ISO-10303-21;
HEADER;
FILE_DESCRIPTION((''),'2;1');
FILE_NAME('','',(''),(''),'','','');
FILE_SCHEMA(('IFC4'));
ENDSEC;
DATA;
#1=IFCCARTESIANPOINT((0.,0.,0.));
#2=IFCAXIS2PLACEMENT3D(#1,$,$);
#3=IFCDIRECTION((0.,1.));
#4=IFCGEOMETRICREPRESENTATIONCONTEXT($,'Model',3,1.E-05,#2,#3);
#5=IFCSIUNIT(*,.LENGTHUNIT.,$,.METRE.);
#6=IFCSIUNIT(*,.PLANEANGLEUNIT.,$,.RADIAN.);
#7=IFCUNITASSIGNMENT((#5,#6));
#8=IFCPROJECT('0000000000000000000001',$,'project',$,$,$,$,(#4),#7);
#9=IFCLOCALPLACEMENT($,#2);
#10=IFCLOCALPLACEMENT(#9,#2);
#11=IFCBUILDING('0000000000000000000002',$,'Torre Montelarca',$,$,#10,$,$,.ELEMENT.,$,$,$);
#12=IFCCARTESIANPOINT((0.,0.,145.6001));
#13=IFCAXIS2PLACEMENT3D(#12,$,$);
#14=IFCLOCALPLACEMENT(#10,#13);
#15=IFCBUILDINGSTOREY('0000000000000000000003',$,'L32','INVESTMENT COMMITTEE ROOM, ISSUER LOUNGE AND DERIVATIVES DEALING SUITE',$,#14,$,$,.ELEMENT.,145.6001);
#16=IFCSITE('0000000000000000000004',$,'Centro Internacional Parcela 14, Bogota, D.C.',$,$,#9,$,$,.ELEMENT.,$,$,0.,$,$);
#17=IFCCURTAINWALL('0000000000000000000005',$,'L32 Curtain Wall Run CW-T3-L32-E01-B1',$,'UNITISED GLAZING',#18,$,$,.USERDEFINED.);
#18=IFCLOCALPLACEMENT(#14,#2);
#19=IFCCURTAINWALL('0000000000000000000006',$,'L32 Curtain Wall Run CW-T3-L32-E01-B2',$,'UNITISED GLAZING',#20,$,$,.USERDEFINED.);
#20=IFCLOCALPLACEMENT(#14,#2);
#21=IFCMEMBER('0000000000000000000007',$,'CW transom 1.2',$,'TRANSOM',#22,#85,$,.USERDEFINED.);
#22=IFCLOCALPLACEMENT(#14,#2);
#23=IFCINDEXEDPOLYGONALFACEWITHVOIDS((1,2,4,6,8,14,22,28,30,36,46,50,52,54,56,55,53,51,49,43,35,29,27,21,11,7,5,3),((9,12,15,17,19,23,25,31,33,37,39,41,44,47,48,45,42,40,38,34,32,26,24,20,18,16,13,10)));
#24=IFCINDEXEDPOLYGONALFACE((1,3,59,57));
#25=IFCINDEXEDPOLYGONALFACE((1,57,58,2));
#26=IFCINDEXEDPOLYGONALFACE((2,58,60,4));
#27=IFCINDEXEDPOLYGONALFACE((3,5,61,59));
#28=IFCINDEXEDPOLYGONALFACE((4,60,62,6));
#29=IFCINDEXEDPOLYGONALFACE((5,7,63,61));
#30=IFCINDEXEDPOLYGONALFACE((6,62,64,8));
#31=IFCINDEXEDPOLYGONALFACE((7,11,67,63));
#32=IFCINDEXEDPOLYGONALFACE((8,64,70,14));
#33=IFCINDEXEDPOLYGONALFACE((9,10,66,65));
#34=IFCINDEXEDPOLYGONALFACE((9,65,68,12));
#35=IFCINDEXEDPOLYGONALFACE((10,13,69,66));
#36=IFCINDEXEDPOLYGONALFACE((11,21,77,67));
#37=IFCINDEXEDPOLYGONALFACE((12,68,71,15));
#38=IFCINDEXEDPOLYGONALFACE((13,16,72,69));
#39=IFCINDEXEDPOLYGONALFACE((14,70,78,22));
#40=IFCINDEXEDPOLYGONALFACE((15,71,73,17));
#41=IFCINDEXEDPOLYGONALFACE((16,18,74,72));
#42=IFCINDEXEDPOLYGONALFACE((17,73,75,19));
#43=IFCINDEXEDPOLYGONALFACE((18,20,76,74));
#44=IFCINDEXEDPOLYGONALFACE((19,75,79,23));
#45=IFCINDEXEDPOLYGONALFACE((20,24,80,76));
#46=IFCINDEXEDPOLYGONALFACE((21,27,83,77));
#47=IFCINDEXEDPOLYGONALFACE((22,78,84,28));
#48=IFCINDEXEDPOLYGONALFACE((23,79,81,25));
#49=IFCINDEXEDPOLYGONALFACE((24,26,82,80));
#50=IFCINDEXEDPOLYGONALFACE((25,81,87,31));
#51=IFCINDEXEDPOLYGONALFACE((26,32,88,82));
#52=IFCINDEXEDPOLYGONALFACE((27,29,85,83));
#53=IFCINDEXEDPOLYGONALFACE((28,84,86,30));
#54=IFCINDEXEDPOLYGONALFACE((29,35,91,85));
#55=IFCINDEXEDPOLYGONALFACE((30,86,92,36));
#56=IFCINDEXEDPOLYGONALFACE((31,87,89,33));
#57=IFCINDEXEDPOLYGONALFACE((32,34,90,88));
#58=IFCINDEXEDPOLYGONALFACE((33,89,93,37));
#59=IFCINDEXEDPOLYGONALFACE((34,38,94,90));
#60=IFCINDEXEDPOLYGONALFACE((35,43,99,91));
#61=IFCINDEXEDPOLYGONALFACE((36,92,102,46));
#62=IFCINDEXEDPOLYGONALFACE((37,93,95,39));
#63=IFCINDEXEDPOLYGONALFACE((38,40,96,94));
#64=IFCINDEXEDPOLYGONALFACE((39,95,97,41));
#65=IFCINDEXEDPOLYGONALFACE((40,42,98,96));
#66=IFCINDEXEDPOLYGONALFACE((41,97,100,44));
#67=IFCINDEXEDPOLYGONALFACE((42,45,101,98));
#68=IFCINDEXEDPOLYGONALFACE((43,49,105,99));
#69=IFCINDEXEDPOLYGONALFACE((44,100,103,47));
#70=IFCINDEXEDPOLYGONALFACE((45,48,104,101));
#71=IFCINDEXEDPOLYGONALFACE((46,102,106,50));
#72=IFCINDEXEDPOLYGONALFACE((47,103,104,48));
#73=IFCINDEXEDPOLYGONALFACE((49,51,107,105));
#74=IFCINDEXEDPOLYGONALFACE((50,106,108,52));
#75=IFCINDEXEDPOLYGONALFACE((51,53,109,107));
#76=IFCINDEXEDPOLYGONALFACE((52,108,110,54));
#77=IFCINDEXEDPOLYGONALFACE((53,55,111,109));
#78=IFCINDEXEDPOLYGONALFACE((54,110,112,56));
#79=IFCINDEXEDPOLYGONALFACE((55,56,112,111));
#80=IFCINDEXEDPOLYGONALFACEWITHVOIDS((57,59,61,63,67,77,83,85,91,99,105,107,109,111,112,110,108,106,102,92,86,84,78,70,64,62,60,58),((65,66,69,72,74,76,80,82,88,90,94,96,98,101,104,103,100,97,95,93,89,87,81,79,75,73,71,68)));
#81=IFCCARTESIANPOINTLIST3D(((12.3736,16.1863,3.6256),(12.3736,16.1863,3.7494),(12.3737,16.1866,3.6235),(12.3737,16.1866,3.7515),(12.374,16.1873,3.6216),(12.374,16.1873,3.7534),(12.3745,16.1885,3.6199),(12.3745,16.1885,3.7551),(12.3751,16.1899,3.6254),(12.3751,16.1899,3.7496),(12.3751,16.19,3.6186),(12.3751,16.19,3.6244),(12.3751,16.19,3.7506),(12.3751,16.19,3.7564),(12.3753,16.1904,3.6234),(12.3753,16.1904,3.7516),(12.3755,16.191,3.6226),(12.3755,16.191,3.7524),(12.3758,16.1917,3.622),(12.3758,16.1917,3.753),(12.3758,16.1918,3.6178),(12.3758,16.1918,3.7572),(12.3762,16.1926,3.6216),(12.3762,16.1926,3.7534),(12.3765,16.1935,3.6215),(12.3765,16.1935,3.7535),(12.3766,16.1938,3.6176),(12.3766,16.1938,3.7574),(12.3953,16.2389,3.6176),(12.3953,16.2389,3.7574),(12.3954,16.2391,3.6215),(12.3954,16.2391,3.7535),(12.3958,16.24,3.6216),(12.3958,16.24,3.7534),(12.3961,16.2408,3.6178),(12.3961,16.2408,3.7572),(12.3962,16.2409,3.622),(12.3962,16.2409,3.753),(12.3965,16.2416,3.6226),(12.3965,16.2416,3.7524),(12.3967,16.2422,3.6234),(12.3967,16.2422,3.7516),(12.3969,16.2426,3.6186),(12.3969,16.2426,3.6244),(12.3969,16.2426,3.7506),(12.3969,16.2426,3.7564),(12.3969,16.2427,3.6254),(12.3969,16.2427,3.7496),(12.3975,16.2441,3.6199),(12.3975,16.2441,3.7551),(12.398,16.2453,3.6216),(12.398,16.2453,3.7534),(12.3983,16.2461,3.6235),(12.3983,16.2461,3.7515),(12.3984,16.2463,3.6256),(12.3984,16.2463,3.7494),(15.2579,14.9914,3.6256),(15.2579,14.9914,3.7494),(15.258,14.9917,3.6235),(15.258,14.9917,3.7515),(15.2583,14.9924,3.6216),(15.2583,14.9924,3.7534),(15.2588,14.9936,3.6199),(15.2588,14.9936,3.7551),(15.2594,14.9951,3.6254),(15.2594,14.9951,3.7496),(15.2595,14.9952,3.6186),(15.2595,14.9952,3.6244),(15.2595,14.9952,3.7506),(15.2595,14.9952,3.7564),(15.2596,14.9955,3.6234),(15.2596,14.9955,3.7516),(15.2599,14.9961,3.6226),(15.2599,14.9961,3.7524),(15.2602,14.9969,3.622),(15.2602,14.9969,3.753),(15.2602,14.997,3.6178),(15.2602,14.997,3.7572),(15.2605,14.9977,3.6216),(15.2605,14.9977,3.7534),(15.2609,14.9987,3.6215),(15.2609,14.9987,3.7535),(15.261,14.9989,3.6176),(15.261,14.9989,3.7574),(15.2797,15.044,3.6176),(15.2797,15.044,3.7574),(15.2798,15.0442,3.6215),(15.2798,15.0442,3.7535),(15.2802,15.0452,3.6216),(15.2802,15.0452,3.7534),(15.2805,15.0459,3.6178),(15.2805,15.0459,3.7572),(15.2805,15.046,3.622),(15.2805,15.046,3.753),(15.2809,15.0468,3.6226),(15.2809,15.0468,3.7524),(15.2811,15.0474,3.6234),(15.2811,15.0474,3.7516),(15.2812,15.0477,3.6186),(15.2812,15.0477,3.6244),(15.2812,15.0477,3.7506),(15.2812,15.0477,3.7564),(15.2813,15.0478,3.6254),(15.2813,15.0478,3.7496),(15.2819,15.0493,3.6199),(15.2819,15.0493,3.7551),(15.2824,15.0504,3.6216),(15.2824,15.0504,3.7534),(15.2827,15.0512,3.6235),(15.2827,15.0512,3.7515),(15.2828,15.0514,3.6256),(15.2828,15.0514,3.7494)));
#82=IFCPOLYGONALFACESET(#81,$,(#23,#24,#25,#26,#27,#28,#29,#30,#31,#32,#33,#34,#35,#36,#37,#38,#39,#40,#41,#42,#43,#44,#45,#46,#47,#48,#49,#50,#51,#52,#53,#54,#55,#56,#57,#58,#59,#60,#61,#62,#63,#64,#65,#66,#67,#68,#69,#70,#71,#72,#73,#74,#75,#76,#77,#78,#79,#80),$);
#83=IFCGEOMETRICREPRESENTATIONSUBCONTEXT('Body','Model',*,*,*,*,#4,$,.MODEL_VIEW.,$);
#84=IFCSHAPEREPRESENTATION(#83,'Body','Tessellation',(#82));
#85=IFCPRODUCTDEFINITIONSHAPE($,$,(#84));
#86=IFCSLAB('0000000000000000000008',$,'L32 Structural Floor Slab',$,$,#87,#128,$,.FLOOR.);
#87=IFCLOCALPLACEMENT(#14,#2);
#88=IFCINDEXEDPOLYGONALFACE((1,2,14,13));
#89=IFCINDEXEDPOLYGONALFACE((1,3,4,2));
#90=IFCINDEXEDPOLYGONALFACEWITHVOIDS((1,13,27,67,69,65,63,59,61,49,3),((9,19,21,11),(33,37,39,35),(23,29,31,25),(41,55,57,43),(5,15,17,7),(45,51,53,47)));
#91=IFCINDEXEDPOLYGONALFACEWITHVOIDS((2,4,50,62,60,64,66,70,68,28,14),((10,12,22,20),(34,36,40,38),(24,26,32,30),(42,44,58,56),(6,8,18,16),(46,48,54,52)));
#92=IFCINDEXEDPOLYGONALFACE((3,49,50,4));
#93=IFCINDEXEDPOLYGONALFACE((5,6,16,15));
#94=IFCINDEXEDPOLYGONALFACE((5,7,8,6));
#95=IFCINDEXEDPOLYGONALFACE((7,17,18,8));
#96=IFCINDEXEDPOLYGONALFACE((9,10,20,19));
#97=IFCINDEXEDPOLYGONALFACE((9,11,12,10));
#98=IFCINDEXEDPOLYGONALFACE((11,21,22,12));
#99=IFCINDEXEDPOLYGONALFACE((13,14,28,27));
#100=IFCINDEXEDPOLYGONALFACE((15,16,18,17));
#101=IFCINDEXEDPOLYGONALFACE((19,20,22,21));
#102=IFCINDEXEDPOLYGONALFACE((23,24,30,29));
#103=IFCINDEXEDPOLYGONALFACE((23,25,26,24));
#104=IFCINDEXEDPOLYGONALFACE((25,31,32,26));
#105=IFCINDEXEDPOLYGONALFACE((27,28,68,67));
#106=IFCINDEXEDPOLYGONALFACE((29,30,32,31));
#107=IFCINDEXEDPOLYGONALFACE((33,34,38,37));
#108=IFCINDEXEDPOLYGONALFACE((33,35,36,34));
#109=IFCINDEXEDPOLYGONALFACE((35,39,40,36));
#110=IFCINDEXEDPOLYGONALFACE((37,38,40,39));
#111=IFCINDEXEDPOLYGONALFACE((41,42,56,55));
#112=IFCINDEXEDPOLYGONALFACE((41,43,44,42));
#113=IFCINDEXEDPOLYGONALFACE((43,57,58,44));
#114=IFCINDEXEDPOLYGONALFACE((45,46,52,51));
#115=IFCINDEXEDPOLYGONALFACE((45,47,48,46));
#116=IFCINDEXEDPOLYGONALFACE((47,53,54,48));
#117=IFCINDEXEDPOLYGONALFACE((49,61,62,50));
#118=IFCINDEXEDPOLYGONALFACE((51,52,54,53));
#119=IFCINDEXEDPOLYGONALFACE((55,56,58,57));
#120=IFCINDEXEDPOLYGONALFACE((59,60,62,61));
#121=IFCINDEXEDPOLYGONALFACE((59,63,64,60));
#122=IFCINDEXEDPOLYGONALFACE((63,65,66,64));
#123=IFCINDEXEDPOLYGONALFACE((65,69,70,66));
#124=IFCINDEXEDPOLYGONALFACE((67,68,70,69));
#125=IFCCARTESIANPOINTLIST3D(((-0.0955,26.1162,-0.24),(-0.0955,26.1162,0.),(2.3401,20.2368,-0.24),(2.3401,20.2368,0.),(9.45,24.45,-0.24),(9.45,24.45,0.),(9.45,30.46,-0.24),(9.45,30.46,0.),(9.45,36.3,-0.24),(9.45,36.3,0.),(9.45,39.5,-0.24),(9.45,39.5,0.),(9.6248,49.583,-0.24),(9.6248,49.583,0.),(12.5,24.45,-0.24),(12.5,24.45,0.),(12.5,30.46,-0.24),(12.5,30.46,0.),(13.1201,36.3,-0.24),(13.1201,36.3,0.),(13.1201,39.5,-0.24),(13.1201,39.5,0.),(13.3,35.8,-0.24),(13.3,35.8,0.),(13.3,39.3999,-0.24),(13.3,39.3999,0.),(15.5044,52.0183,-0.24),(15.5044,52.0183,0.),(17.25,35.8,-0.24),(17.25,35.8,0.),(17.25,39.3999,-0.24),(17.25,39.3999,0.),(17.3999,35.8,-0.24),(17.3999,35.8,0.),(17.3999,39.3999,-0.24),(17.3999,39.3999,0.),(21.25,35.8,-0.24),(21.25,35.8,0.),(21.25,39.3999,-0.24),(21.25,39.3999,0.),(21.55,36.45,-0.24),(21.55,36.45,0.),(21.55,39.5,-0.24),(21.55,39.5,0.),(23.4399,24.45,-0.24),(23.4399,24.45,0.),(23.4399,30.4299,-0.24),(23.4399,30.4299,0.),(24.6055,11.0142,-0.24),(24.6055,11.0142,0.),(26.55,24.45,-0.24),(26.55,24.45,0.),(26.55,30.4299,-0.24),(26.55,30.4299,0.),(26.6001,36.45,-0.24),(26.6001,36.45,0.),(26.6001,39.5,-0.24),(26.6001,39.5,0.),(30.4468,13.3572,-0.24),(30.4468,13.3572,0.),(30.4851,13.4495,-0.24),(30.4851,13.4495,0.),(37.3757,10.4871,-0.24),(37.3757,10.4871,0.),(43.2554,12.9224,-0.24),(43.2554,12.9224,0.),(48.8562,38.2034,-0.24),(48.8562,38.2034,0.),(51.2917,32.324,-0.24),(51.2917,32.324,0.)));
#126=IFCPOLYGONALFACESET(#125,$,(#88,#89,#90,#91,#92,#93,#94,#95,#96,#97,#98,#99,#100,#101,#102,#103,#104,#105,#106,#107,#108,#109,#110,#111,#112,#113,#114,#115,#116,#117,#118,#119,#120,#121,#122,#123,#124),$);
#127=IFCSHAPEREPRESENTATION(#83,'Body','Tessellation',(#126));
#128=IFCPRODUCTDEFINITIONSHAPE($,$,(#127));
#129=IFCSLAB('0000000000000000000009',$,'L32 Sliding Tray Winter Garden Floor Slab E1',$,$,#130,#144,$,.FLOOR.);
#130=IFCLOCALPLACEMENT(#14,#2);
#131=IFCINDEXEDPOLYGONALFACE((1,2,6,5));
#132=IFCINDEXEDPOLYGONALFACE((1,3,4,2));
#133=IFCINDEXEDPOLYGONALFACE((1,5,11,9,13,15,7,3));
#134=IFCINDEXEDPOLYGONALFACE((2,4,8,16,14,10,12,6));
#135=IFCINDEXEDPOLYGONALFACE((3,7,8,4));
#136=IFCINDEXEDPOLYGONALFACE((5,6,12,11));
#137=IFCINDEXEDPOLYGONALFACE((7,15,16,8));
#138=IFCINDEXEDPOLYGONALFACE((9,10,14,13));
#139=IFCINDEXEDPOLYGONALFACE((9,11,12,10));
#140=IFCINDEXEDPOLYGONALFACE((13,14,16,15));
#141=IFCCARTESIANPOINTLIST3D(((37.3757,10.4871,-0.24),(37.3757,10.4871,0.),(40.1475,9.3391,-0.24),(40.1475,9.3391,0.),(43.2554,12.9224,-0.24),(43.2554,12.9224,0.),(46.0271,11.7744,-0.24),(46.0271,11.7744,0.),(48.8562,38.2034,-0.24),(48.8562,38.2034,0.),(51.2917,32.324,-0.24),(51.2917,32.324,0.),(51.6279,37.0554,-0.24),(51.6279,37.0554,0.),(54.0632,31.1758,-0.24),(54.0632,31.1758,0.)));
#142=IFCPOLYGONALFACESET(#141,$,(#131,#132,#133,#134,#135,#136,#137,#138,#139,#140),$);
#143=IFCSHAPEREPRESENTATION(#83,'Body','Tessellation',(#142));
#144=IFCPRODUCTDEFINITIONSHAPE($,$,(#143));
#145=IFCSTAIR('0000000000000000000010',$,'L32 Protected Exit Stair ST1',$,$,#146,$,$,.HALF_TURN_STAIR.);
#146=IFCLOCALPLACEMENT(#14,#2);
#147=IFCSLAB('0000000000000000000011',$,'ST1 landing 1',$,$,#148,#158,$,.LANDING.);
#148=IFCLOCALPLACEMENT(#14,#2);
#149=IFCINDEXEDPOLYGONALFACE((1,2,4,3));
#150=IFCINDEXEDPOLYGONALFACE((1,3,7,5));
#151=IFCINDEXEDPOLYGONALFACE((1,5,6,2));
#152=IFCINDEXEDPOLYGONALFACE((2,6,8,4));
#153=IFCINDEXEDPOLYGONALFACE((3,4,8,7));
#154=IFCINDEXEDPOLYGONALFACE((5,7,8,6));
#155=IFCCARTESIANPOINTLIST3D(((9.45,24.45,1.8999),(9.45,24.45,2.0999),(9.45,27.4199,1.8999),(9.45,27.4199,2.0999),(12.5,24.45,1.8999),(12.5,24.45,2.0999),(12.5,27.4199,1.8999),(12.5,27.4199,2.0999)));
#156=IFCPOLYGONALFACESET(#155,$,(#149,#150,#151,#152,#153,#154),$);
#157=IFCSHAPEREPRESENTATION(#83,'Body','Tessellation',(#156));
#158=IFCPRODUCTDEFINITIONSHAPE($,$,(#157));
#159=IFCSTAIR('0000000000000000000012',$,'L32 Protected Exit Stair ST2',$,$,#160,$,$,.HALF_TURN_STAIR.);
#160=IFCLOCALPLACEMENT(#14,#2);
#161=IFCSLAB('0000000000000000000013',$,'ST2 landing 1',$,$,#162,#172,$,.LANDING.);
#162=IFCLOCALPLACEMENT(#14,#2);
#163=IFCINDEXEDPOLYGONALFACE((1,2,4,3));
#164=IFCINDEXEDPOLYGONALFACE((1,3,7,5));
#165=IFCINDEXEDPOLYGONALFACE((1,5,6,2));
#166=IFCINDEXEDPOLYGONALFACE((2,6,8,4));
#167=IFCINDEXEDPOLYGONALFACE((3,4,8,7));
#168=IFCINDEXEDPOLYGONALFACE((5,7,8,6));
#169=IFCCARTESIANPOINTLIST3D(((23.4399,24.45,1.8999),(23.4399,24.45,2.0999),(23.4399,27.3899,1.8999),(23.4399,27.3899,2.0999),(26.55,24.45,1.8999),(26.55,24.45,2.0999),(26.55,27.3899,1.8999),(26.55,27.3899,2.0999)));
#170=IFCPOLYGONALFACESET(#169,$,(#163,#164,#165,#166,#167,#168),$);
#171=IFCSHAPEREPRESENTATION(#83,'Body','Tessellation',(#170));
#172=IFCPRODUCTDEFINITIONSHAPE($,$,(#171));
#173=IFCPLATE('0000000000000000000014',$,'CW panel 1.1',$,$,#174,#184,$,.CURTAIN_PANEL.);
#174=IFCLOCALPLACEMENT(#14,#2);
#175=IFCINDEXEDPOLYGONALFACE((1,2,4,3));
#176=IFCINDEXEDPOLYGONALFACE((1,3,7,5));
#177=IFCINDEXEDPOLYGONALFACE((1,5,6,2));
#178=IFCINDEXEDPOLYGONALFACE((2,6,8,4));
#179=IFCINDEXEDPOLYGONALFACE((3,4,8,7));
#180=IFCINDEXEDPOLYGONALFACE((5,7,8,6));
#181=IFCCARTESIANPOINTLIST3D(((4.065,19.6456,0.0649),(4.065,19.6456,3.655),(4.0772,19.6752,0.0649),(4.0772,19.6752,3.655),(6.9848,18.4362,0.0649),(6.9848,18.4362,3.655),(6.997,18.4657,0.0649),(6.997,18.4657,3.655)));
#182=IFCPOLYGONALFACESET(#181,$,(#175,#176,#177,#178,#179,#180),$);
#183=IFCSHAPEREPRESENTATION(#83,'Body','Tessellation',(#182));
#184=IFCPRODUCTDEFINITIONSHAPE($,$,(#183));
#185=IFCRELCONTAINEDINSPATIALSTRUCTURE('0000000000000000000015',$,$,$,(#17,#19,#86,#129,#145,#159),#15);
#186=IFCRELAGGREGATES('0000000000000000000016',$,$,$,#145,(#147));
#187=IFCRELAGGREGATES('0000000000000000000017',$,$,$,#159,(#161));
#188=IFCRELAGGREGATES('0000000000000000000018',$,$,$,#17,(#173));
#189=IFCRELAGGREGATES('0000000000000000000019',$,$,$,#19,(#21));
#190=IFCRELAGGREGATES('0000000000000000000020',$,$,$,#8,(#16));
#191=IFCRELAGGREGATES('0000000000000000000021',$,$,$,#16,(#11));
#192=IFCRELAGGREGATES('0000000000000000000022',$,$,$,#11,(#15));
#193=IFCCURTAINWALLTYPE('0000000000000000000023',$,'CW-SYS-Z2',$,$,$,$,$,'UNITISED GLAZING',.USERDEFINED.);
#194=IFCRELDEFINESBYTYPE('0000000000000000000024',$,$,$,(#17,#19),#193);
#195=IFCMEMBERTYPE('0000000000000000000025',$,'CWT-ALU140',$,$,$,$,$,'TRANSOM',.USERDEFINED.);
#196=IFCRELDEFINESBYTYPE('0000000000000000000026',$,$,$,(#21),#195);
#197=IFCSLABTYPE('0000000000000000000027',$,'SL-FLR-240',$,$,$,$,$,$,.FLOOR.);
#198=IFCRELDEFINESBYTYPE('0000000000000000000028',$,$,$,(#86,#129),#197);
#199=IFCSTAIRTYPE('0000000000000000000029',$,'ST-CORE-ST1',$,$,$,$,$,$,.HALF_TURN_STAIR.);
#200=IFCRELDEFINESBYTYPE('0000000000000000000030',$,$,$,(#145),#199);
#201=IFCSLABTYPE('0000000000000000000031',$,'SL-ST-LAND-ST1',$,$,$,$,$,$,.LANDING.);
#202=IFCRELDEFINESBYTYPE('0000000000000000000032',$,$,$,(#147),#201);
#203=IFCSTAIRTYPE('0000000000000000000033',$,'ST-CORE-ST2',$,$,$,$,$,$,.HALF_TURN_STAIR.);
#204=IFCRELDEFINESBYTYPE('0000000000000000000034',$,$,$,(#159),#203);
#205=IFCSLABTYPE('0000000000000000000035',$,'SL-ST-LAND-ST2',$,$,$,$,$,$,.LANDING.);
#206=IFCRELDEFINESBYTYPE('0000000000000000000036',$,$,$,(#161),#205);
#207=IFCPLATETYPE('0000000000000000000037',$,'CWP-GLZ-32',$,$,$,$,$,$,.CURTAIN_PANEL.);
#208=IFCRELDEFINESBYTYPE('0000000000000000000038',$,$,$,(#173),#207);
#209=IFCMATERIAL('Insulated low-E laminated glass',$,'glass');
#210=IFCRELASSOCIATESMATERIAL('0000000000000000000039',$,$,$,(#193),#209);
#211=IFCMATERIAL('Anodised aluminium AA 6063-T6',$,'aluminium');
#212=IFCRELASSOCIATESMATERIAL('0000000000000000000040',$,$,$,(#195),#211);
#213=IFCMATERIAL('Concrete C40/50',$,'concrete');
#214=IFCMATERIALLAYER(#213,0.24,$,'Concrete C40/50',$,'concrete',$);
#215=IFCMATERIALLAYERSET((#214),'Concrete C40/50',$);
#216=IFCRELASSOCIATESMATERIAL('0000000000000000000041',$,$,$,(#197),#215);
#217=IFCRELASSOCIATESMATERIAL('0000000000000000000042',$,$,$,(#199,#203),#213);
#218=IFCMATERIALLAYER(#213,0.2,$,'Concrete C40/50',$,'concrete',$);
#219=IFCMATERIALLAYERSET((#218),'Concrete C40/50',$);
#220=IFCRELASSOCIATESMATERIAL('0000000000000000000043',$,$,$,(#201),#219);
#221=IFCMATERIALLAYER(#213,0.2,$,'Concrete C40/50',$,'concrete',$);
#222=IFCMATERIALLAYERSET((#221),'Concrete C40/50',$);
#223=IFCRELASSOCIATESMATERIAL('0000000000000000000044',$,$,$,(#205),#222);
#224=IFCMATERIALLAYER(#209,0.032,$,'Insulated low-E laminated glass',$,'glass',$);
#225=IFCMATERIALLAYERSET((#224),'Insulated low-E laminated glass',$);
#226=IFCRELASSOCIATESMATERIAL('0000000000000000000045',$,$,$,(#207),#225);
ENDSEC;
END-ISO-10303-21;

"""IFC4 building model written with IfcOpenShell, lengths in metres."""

from ifc_helpers import new_model, si_unit, direction, frame, origin, origin_2d, place, context, subcontext, project, spatial, polyline, rectangle, hollow_rectangle, outline, extrude, source, transform, mapped, material, layer, layer_set, material_profile, profile_set, type_object, element, aggregate, save


model = new_model("IFC4")

# Units and contexts
model_context = context("Model", 3, precision=1e-05, world=origin(), true_north=direction((0.0, 1.0)))
body_context = subcontext(model_context, "Body", "Model", "MODEL_VIEW")
ifc_project = project(units=[si_unit("LENGTHUNIT", "METRE"), si_unit("PLANEANGLEUNIT", "RADIAN")], contexts=[model_context])

# Site, building, storey
site_placement = place(None, origin())
site = spatial("IfcSite", under=ifc_project, at=site_placement, Name="Centro Internacional Parcela 14, Bogota, D.C.", CompositionType="ELEMENT", RefElevation=0.0)
building_placement = place(site_placement, origin())
building = spatial("IfcBuilding", under=site, at=building_placement, Name="Torre Montelarca", CompositionType="ELEMENT")
storey_placement = place(building_placement, frame((0.0, 0.0, 145.6001)))
storey = spatial("IfcBuildingStorey", under=building, at=storey_placement, Name="L32", Description="INVESTMENT COMMITTEE ROOM, ISSUER LOUNGE AND DERIVATIVES DEALING SUITE", CompositionType="ELEMENT", Elevation=145.6001)

# Curtain walls
ifc_material_1 = material(Name="Insulated low-E laminated glass", Category="glass")
curtain_wall_type = type_object("IfcCurtainWallType", Name="CW-SYS-Z2", ElementType="UNITISED GLAZING", PredefinedType="USERDEFINED", material=ifc_material_1)
curtain_wall_1_placement = place(storey_placement, origin())
curtain_wall_1 = element("IfcCurtainWall", 1, at=curtain_wall_1_placement, inside=storey, type_object=curtain_wall_type, Name="L32 Curtain Wall Run CW-T3-L32-E01-B1", ObjectType="UNITISED GLAZING", PredefinedType="USERDEFINED")
ifc_material_2 = material(Name="Anodised aluminium AA 6063-T6", Category="aluminium")
curtain_wall_2_placement = place(storey_placement, origin())
curtain_wall_2 = element("IfcCurtainWall", 2, at=curtain_wall_2_placement, inside=storey, type_object=curtain_wall_type, Name="L32 Curtain Wall Run CW-T3-L32-E01-B2", ObjectType="UNITISED GLAZING", PredefinedType="USERDEFINED")
ifc_material_profile_1 = material_profile(ifc_material_2, hollow_rectangle(XDim=0.0649, YDim=0.1399, WallThickness=0.0039, InnerFilletRadius=0.0039, OuterFilletRadius=0.0081, at=origin_2d()), Name="ALU65X140X4", Category="aluminium")
ifc_profile_set_1 = profile_set([ifc_material_profile_1], Name="Anodised aluminium AA 6063-T6")
member_type_1 = type_object("IfcMemberType", Name="CWT-ALU140", ElementType="TRANSOM", PredefinedType="USERDEFINED", material=ifc_profile_set_1)

# Member
shared_shape_1 = source(origin(), body_context, "Body", "SweptSolid", [
    extrude(hollow_rectangle(XDim=0.0649, YDim=0.1399, WallThickness=0.0039, InnerFilletRadius=0.0039, OuterFilletRadius=0.0081, at=origin_2d()), origin(), (0.0, 0.0, 1.0), 3.1221),
])
member_1_placement = place(storey_placement, frame((12.386, 16.2163, 3.6875), z_axis=(0.923866, -0.382716, 0.0), x_axis=(0.382716, 0.923866, 0.0)))
member_1 = element("IfcMember", 3, at=member_1_placement, type_object=member_type_1, Name="CW transom 1.2", ObjectType="TRANSOM", PredefinedType="USERDEFINED", context=body_context, shape_type="MappedRepresentation", body=[
    mapped(shared_shape_1, transform((0.0, 0.0, 0.0), scale=1.0)),
])

# Slabs
ifc_material_3 = material(Name="Concrete C40/50", Category="concrete")
ifc_layer_1 = layer(ifc_material_3, 0.24, Name="Concrete C40/50", Category="concrete")
ifc_layer_set_1 = layer_set([ifc_layer_1], Name="Concrete C40/50")
slab_type_1 = type_object("IfcSlabType", Name="SL-FLR-240", PredefinedType="FLOOR", material=ifc_layer_set_1)
slab_1_placement = place(storey_placement, frame((0.0, 0.0, -0.24)))
element("IfcSlab", 4, at=slab_1_placement, inside=storey, type_object=slab_type_1, Name="L32 Structural Floor Slab", PredefinedType="FLOOR", context=body_context, shape_type="SweptSolid", body=[
    extrude(outline(polyline([(24.6055, 11.0142), (30.4851, 13.4495), (30.4468, 13.3572), (37.3757, 10.4871), (43.2554, 12.9224), (51.2917, 32.324), (48.8562, 38.2034), (15.5044, 52.0183), (9.6248, 49.583), (-0.0955, 26.1162), (2.3401, 20.2368), (24.6055, 11.0142)]), holes=[polyline([(26.55, 24.45), (23.4399, 24.45), (23.4399, 30.4299), (26.55, 30.4299), (26.55, 24.45)]), polyline([(9.45, 24.45), (9.45, 30.46), (12.5, 30.46), (12.5, 24.45), (9.45, 24.45)]), polyline([(17.25, 35.8), (13.3, 35.8), (13.3, 39.3999), (17.25, 39.3999), (17.25, 35.8)]), polyline([(21.25, 39.3999), (21.25, 35.8), (17.3999, 35.8), (17.3999, 39.3999), (21.25, 39.3999)]), polyline([(13.1201, 36.3), (9.45, 36.3), (9.45, 39.5), (13.1201, 39.5), (13.1201, 36.3)]), polyline([(26.6001, 36.45), (21.55, 36.45), (21.55, 39.5), (26.6001, 39.5), (26.6001, 36.45)])]), origin(), (0.0, 0.0, 1.0), 0.24),
])
slab_2_placement = place(storey_placement, frame((0.0, 0.0, -0.24)))
element("IfcSlab", 5, at=slab_2_placement, inside=storey, type_object=slab_type_1, Name="L32 Sliding Tray Winter Garden Floor Slab E1", PredefinedType="FLOOR", context=body_context, shape_type="SweptSolid", body=[
    extrude(outline(polyline([(48.8562, 38.2034), (51.2917, 32.324), (43.2554, 12.9224), (37.3757, 10.4871), (40.1475, 9.3391), (46.0271, 11.7744), (54.0632, 31.1758), (51.6279, 37.0554), (48.8562, 38.2034)])), origin(), (0.0, 0.0, 1.0), 0.24),
])

# Stairs, slabs
stair_type_1 = type_object("IfcStairType", Name="ST-CORE-ST1", PredefinedType="HALF_TURN_STAIR", material=ifc_material_3)
stair_1_placement = place(storey_placement, origin())
stair_1 = element("IfcStair", 6, at=stair_1_placement, inside=storey, type_object=stair_type_1, Name="L32 Protected Exit Stair ST1", PredefinedType="HALF_TURN_STAIR")
ifc_layer_2 = layer(ifc_material_3, 0.2, Name="Concrete C40/50", Category="concrete")
ifc_layer_set_2 = layer_set([ifc_layer_2], Name="Concrete C40/50")
slab_type_2 = type_object("IfcSlabType", Name="SL-ST-LAND-ST1", PredefinedType="LANDING", material=ifc_layer_set_2)
slab_3_placement = place(storey_placement, frame((0.0, 0.0, 1.8999)))
slab_3 = element("IfcSlab", 7, at=slab_3_placement, type_object=slab_type_2, Name="ST1 landing 1", PredefinedType="LANDING", context=body_context, shape_type="SweptSolid", body=[
    extrude(outline(polyline([(9.45, 27.4199), (9.45, 24.45), (12.5, 24.45), (12.5, 27.4199), (9.45, 27.4199)])), origin(), (0.0, 0.0, 1.0), 0.2),
])
aggregate(stair_1, [slab_3])
stair_type_2 = type_object("IfcStairType", Name="ST-CORE-ST2", PredefinedType="HALF_TURN_STAIR", material=ifc_material_3)
stair_2_placement = place(storey_placement, origin())
stair_2 = element("IfcStair", 8, at=stair_2_placement, inside=storey, type_object=stair_type_2, Name="L32 Protected Exit Stair ST2", PredefinedType="HALF_TURN_STAIR")
ifc_layer_3 = layer(ifc_material_3, 0.2, Name="Concrete C40/50", Category="concrete")
ifc_layer_set_3 = layer_set([ifc_layer_3], Name="Concrete C40/50")
slab_type_3 = type_object("IfcSlabType", Name="SL-ST-LAND-ST2", PredefinedType="LANDING", material=ifc_layer_set_3)
slab_4_placement = place(storey_placement, frame((0.0, 0.0, 1.8999)))
slab_4 = element("IfcSlab", 9, at=slab_4_placement, type_object=slab_type_3, Name="ST2 landing 1", PredefinedType="LANDING", context=body_context, shape_type="SweptSolid", body=[
    extrude(outline(polyline([(23.4399, 27.3899), (23.4399, 24.45), (26.55, 24.45), (26.55, 27.3899), (23.4399, 27.3899)])), origin(), (0.0, 0.0, 1.0), 0.2),
])
aggregate(stair_2, [slab_4])

# Plate
ifc_layer_4 = layer(ifc_material_1, 0.032, Name="Insulated low-E laminated glass", Category="glass")
ifc_layer_set_4 = layer_set([ifc_layer_4], Name="Insulated low-E laminated glass")
plate_type = type_object("IfcPlateType", Name="CWP-GLZ-32", PredefinedType="CURTAIN_PANEL", material=ifc_layer_set_4)
shared_shape_2 = source(origin(), body_context, "Body", "SweptSolid", [
    extrude(rectangle(XDim=3.1604, YDim=0.032, at=origin_2d()), origin(), (0.0, 0.0, 1.0), 3.5901),
])
plate_1_placement = place(storey_placement, frame((5.531, 19.0557, 0.0649), z_axis=(0.0, 0.0, 1.0), x_axis=(0.92388, -0.382683, 0.0)))
plate_1 = element("IfcPlate", 10, at=plate_1_placement, type_object=plate_type, Name="CW panel 1.1", PredefinedType="CURTAIN_PANEL", context=body_context, shape_type="MappedRepresentation", body=[
    mapped(shared_shape_2, transform((0.0, 0.0, 0.0), scale=1.0)),
])
aggregate(curtain_wall_1, [plate_1])
aggregate(curtain_wall_2, [member_1])

save(model, "model.ifc")
